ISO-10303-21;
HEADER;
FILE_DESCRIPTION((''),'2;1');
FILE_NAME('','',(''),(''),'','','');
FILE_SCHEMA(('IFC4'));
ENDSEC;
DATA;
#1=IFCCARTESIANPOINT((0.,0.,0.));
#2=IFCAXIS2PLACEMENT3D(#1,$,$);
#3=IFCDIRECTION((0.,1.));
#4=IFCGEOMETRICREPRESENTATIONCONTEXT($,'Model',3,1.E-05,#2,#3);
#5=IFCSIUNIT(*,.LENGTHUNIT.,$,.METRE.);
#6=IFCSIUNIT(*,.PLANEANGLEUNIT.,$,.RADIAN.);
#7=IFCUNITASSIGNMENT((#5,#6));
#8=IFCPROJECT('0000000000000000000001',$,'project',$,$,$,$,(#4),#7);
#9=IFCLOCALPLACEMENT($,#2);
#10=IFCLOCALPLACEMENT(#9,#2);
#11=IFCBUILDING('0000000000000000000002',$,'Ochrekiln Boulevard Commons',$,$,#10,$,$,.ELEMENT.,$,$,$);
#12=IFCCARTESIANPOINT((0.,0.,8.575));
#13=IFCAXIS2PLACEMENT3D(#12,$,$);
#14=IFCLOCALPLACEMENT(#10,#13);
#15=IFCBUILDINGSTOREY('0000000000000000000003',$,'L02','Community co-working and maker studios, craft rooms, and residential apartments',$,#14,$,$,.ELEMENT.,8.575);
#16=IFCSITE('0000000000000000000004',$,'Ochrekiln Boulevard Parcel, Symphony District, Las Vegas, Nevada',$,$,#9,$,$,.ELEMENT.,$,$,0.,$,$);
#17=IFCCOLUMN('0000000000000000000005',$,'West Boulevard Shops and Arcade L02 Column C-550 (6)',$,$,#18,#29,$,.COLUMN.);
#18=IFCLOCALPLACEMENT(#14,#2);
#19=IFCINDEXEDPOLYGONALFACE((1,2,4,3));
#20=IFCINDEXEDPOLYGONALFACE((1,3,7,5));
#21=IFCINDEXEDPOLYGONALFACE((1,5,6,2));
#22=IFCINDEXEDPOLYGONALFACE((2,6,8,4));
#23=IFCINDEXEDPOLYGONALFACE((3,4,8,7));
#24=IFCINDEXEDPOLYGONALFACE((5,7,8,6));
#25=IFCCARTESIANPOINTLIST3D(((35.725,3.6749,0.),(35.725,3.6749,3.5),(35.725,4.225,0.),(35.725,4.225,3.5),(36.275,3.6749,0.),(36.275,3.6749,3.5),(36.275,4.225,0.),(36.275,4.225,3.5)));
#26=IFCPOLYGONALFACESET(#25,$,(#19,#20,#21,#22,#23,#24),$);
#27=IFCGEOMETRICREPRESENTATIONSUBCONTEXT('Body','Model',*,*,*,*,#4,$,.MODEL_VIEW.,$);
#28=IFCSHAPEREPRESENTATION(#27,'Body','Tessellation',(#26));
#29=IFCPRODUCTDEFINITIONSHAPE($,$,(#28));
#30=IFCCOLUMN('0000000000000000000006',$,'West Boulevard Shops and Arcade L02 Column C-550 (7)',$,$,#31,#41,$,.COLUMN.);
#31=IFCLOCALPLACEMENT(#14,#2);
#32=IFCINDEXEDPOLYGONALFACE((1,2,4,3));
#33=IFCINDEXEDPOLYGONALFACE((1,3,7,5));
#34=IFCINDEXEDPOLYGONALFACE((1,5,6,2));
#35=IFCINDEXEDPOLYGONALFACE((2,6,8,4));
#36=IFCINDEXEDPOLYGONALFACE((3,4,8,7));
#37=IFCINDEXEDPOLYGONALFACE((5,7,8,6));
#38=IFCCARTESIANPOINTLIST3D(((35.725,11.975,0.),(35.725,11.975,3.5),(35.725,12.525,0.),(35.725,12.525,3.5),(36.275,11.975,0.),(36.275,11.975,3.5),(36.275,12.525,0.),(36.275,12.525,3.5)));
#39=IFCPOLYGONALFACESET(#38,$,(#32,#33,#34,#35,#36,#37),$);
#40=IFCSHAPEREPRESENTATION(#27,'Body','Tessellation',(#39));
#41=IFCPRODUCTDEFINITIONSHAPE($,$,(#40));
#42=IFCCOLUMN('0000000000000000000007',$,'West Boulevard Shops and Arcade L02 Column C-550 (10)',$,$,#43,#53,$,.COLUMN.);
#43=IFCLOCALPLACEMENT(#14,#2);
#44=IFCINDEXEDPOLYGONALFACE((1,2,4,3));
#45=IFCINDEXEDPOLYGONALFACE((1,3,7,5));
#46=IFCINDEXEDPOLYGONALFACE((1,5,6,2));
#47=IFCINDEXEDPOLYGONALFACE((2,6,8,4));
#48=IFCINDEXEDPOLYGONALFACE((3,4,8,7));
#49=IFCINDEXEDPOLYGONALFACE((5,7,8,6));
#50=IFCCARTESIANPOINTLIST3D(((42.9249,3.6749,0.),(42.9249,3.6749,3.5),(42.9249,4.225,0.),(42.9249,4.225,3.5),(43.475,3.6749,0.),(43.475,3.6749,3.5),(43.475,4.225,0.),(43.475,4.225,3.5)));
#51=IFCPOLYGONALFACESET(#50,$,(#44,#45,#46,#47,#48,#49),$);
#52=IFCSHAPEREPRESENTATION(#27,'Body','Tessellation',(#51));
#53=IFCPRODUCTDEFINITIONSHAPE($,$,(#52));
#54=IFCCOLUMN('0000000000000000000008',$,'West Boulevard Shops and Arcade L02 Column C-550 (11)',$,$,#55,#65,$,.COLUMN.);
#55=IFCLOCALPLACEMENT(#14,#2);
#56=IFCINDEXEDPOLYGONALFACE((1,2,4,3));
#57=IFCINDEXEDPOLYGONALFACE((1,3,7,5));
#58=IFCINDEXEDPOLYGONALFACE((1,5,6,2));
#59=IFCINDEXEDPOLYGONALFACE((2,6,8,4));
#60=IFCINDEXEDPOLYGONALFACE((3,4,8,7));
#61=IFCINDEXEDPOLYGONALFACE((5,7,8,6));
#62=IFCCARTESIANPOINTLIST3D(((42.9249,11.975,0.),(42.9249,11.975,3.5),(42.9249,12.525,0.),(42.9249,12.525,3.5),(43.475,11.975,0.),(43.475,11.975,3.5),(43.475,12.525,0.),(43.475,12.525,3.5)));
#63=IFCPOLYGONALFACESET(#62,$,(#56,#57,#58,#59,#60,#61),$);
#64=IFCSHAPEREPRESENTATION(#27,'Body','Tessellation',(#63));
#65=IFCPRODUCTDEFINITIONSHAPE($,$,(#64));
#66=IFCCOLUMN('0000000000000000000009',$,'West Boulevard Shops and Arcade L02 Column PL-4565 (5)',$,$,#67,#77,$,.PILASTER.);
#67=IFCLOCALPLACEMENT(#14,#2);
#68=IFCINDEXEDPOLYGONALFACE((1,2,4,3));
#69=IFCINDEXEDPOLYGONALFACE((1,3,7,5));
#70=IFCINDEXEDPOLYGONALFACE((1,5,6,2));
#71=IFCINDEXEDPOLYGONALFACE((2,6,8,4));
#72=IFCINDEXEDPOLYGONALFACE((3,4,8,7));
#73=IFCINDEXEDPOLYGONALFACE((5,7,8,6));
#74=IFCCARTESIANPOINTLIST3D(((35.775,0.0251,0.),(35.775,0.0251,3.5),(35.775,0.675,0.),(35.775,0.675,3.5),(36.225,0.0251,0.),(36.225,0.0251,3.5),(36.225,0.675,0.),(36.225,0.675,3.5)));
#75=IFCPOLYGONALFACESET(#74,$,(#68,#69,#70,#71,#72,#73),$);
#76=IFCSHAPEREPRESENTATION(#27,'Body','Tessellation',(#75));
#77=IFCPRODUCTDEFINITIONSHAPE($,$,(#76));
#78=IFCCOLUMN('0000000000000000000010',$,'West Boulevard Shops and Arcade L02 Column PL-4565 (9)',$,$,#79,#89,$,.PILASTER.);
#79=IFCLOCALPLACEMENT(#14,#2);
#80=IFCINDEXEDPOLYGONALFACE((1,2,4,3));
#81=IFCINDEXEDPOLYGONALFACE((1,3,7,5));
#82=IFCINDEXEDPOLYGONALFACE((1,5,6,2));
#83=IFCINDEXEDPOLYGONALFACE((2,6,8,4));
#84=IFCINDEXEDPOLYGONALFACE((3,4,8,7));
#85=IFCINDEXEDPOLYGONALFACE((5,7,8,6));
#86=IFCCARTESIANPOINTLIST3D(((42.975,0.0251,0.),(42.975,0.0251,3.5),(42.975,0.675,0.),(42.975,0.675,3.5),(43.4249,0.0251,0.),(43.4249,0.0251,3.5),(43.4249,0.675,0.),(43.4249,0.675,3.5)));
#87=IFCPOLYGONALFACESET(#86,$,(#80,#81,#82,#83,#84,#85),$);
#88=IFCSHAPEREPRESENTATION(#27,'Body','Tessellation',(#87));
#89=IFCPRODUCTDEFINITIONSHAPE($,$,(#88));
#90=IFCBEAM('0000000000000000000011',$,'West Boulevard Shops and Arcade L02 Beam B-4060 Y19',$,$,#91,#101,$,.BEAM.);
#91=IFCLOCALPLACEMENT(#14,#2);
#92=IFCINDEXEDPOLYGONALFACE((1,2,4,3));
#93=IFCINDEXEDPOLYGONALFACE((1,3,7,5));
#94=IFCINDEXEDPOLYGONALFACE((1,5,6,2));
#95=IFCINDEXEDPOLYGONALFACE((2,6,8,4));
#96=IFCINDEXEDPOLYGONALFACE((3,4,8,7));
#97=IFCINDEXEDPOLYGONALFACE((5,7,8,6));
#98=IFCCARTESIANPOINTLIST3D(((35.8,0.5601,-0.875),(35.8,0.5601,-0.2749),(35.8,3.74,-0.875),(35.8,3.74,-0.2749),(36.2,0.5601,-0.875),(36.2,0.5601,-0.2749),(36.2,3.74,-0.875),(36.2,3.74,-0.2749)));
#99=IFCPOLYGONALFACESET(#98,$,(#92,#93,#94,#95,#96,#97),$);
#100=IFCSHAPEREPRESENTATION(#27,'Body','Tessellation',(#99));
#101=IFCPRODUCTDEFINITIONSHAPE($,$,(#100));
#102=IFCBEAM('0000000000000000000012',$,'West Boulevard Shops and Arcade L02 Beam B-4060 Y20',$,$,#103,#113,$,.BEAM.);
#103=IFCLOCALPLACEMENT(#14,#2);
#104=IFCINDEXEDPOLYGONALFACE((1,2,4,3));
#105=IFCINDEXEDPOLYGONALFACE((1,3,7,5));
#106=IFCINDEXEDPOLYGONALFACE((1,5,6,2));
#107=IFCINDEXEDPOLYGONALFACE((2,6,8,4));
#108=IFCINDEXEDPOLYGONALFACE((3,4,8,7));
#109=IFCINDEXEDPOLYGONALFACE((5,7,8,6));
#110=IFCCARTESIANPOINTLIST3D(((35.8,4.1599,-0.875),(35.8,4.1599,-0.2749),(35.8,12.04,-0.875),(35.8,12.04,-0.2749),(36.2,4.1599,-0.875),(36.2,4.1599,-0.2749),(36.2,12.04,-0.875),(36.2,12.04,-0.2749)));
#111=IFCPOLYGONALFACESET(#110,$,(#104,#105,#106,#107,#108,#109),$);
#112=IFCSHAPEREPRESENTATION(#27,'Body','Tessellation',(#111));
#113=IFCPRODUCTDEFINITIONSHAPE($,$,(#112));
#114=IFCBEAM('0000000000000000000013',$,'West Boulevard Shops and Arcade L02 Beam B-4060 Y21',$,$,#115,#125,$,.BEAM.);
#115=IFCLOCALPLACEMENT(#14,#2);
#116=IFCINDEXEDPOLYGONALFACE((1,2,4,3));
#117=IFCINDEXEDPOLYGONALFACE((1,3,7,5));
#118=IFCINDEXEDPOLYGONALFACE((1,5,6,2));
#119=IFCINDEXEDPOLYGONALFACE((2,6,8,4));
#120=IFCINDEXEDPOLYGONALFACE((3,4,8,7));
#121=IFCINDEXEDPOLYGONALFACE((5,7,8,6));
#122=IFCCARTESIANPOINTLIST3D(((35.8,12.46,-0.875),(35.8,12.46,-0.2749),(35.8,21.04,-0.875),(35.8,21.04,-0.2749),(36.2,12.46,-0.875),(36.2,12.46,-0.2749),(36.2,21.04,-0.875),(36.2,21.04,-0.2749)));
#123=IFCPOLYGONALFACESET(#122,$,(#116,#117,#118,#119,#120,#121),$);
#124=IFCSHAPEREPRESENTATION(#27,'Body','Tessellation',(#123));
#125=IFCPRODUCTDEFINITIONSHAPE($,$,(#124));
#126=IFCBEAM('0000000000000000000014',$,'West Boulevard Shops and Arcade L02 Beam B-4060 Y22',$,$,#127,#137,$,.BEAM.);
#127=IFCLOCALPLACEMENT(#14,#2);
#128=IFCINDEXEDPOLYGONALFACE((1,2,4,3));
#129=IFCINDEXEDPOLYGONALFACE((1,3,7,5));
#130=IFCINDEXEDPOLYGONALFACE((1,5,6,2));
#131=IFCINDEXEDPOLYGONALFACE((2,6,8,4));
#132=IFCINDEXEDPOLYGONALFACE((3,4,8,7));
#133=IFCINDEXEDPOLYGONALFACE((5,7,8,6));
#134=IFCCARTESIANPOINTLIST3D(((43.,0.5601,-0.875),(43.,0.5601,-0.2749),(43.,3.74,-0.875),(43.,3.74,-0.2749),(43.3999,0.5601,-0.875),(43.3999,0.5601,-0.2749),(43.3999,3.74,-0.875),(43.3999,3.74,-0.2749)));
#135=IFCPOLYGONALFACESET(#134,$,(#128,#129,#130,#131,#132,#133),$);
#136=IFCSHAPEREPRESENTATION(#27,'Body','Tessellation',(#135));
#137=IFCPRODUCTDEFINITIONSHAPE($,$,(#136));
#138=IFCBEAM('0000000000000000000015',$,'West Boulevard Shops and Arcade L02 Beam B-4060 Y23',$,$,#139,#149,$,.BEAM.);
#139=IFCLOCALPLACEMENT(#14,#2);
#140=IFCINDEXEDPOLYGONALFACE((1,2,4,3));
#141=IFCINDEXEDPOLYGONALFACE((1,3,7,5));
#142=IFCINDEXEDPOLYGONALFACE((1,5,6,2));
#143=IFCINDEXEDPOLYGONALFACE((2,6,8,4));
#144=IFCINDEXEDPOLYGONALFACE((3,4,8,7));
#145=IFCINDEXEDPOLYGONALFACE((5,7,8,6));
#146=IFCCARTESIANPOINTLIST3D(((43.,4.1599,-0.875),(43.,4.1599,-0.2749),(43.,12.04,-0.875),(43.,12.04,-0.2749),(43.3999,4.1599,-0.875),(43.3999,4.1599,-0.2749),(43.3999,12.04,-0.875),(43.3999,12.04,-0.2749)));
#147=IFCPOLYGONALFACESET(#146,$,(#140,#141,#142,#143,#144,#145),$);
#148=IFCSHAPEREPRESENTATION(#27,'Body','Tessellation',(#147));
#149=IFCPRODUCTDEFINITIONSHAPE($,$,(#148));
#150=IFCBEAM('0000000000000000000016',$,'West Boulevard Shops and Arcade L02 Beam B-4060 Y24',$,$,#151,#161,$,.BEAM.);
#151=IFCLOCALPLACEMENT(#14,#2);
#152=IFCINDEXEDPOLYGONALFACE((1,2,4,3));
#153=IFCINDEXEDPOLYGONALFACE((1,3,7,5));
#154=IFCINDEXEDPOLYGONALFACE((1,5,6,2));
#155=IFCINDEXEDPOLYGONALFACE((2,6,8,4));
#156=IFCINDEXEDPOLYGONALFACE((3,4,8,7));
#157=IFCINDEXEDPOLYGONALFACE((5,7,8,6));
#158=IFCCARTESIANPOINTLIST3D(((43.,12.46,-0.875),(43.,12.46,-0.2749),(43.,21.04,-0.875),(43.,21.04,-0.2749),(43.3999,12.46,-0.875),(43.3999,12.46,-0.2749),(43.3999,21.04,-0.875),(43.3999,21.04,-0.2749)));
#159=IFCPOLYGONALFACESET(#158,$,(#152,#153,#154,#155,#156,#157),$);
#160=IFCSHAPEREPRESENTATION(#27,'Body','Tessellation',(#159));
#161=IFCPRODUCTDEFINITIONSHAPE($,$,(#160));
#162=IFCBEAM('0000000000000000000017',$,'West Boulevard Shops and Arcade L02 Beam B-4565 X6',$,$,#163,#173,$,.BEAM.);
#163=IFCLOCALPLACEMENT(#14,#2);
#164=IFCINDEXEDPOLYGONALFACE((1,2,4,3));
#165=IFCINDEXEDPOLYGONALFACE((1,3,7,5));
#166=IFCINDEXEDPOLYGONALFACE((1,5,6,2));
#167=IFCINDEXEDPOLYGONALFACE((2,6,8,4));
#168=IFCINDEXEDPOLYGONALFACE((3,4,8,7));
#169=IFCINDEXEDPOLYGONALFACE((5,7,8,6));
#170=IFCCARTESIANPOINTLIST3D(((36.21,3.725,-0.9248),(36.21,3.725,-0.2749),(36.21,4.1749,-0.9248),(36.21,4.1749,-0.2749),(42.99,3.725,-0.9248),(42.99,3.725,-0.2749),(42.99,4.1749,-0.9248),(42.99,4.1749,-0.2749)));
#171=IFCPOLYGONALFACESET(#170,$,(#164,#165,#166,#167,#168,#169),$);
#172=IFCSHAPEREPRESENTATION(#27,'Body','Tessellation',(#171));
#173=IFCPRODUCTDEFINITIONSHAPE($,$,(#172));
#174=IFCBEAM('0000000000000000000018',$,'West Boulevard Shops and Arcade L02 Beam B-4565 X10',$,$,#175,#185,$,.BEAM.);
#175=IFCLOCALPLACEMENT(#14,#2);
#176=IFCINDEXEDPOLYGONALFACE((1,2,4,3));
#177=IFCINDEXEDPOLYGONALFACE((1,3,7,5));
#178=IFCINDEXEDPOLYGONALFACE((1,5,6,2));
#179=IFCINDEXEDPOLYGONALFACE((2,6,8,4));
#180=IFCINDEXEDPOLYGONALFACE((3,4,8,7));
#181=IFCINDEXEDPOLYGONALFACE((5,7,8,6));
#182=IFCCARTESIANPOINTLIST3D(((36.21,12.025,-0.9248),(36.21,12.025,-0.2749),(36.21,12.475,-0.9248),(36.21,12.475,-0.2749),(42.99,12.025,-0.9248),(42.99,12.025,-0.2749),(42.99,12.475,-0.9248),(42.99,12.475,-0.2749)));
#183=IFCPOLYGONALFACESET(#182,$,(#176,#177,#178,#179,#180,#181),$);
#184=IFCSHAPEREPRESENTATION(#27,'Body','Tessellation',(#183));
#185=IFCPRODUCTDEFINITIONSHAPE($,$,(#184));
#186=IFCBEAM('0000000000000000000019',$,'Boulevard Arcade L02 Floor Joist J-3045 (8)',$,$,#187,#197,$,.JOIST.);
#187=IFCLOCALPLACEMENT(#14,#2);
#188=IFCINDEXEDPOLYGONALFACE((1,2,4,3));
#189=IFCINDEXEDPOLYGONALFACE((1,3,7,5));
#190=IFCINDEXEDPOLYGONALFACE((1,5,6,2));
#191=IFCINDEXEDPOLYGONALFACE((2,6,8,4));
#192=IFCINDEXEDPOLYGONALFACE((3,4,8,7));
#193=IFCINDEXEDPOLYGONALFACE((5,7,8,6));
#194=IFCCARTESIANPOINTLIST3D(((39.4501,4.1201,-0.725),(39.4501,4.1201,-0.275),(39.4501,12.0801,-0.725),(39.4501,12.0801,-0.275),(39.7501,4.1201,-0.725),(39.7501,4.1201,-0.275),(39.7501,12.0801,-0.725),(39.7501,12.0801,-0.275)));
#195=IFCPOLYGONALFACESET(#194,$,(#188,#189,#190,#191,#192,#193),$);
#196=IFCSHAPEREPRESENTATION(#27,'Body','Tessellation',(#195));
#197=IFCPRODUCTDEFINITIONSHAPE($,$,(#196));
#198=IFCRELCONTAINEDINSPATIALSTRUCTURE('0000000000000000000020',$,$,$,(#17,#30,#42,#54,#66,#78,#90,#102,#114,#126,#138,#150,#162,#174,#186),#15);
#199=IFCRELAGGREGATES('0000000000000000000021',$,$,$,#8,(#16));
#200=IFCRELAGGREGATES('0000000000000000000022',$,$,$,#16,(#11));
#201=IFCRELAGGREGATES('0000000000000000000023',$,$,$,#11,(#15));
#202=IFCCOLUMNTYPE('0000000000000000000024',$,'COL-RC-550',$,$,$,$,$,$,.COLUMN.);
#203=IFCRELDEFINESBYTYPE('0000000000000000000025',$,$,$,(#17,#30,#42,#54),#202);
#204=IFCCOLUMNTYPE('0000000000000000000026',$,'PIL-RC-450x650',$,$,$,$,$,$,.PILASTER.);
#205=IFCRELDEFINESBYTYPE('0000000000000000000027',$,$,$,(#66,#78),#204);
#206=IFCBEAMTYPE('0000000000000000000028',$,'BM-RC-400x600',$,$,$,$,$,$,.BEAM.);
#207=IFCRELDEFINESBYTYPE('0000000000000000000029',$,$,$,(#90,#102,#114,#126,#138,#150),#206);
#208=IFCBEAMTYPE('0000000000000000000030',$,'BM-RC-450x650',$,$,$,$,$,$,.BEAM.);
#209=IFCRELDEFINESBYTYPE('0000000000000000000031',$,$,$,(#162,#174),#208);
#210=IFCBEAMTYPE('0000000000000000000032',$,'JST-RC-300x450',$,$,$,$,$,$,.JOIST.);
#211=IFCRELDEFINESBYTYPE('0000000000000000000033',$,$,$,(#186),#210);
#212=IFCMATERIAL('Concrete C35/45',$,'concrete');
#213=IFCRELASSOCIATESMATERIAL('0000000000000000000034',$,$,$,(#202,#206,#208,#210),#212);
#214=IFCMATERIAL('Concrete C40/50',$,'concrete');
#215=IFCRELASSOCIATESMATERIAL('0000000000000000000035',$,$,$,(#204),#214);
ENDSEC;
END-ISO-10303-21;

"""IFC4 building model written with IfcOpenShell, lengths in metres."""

from ifc_helpers import new_model, si_unit, direction, frame, origin, origin_2d, place, context, subcontext, project, spatial, rectangle, extrude, material, material_profile, profile_set, type_object, element, save


model = new_model("IFC4")

# Units and contexts
model_context = context("Model", 3, precision=1e-05, world=origin(), true_north=direction((0.0, 1.0)))
body_context = subcontext(model_context, "Body", "Model", "MODEL_VIEW")
ifc_project = project(units=[si_unit("LENGTHUNIT", "METRE"), si_unit("PLANEANGLEUNIT", "RADIAN")], contexts=[model_context])

# Site, building, storey
site_placement = place(None, origin())
site = spatial("IfcSite", under=ifc_project, at=site_placement, Name="Ochrekiln Boulevard Parcel, Symphony District, Las Vegas, Nevada", CompositionType="ELEMENT", RefElevation=0.0)
building_placement = place(site_placement, origin())
building = spatial("IfcBuilding", under=site, at=building_placement, Name="Ochrekiln Boulevard Commons", CompositionType="ELEMENT")
storey_placement = place(building_placement, frame((0.0, 0.0, 8.575)))
storey = spatial("IfcBuildingStorey", under=building, at=storey_placement, Name="L02", Description="Community co-working and maker studios, craft rooms, and residential apartments", CompositionType="ELEMENT", Elevation=8.575)

# Columns
ifc_material_1 = material(Name="Concrete C35/45", Category="concrete")
ifc_material_profile_1 = material_profile(ifc_material_1, rectangle(XDim=0.55, YDim=0.55, at=origin_2d()), Name="RC-COL-550x550")
ifc_profile_set_1 = profile_set([ifc_material_profile_1], Name="Concrete C35/45")
column_type_1 = type_object("IfcColumnType", Name="COL-RC-550", PredefinedType="COLUMN", material=ifc_profile_set_1)
for number, where, z_axis, x_axis, name in (
    (1, (36.0, 3.95, 0.0), (0.0, 0.0, 1.0), (1.0, 0.0, 0.0), "West Boulevard Shops and Arcade L02 Column C-550 (6)"),
    (2, (36.0, 12.25, 0.0), (0.0, 0.0, 1.0), (1.0, 0.0, 0.0), "West Boulevard Shops and Arcade L02 Column C-550 (7)"),
    (3, (43.2, 3.95, 0.0), (0.0, 0.0, 1.0), (1.0, 0.0, 0.0), "West Boulevard Shops and Arcade L02 Column C-550 (10)"),
    (4, (43.2, 12.25, 0.0), (0.0, 0.0, 1.0), (1.0, 0.0, 0.0), "West Boulevard Shops and Arcade L02 Column C-550 (11)"),
):
    element("IfcColumn", number, at=place(storey_placement, frame(where, z_axis=z_axis, x_axis=x_axis)), inside=storey, type_object=column_type_1, Name=name, PredefinedType="COLUMN", context=body_context, shape_type="SweptSolid", body=[
        extrude(rectangle(XDim=0.55, YDim=0.55, at=origin_2d()), origin(), (0.0, 0.0, 1.0), 3.5),
    ])
ifc_material_2 = material(Name="Concrete C40/50", Category="concrete")
ifc_material_profile_2 = material_profile(ifc_material_2, rectangle(XDim=0.45, YDim=0.6499, at=origin_2d()), Name="RC-PIL-450x650")
ifc_profile_set_2 = profile_set([ifc_material_profile_2], Name="Concrete C40/50")
column_type_2 = type_object("IfcColumnType", Name="PIL-RC-450x650", PredefinedType="PILASTER", material=ifc_profile_set_2)
for number, where, z_axis, x_axis, name in (
    (5, (36.0, 0.3501, 0.0), (0.0, 0.0, 1.0), (1.0, 0.0, 0.0), "West Boulevard Shops and Arcade L02 Column PL-4565 (5)"),
    (6, (43.2, 0.3501, 0.0), (0.0, 0.0, 1.0), (1.0, 0.0, 0.0), "West Boulevard Shops and Arcade L02 Column PL-4565 (9)"),
):
    element("IfcColumn", number, at=place(storey_placement, frame(where, z_axis=z_axis, x_axis=x_axis)), inside=storey, type_object=column_type_2, Name=name, PredefinedType="PILASTER", context=body_context, shape_type="SweptSolid", body=[
        extrude(rectangle(XDim=0.45, YDim=0.6499, at=origin_2d()), origin(), (0.0, 0.0, 1.0), 3.5),
    ])

# Beams
ifc_material_profile_3 = material_profile(ifc_material_1, rectangle(XDim=0.3999, YDim=0.6001, at=origin_2d()), Name="RC-BM-400x600")
ifc_profile_set_3 = profile_set([ifc_material_profile_3], Name="Concrete C35/45")
beam_type_1 = type_object("IfcBeamType", Name="BM-RC-400x600", PredefinedType="BEAM", material=ifc_profile_set_3)
beam_1_placement = place(storey_placement, frame((36.0, 0.5601, -0.575), z_axis=(0.0, 1.0, 0.0), x_axis=(-1.0, 0.0, 0.0)))
element("IfcBeam", 7, at=beam_1_placement, inside=storey, type_object=beam_type_1, Name="West Boulevard Shops and Arcade L02 Beam B-4060 Y19", PredefinedType="BEAM", context=body_context, shape_type="SweptSolid", body=[
    extrude(rectangle(XDim=0.3999, YDim=0.6001, at=origin_2d()), origin(), (0.0, 0.0, 1.0), 3.1799),
])
beam_2_placement = place(storey_placement, frame((36.0, 4.1599, -0.575), z_axis=(0.0, 1.0, 0.0), x_axis=(-1.0, 0.0, 0.0)))
element("IfcBeam", 8, at=beam_2_placement, inside=storey, type_object=beam_type_1, Name="West Boulevard Shops and Arcade L02 Beam B-4060 Y20", PredefinedType="BEAM", context=body_context, shape_type="SweptSolid", body=[
    extrude(rectangle(XDim=0.3999, YDim=0.6001, at=origin_2d()), origin(), (0.0, 0.0, 1.0), 7.8801),
])
beam_3_placement = place(storey_placement, frame((36.0, 12.46, -0.575), z_axis=(0.0, 1.0, 0.0), x_axis=(-1.0, 0.0, 0.0)))
element("IfcBeam", 9, at=beam_3_placement, inside=storey, type_object=beam_type_1, Name="West Boulevard Shops and Arcade L02 Beam B-4060 Y21", PredefinedType="BEAM", context=body_context, shape_type="SweptSolid", body=[
    extrude(rectangle(XDim=0.3999, YDim=0.6001, at=origin_2d()), origin(), (0.0, 0.0, 1.0), 8.5801),
])
beam_4_placement = place(storey_placement, frame((43.2, 0.5601, -0.575), z_axis=(0.0, 1.0, 0.0), x_axis=(-1.0, 0.0, 0.0)))
element("IfcBeam", 10, at=beam_4_placement, inside=storey, type_object=beam_type_1, Name="West Boulevard Shops and Arcade L02 Beam B-4060 Y22", PredefinedType="BEAM", context=body_context, shape_type="SweptSolid", body=[
    extrude(rectangle(XDim=0.3999, YDim=0.6001, at=origin_2d()), origin(), (0.0, 0.0, 1.0), 3.1799),
])
beam_5_placement = place(storey_placement, frame((43.2, 4.1599, -0.575), z_axis=(0.0, 1.0, 0.0), x_axis=(-1.0, 0.0, 0.0)))
element("IfcBeam", 11, at=beam_5_placement, inside=storey, type_object=beam_type_1, Name="West Boulevard Shops and Arcade L02 Beam B-4060 Y23", PredefinedType="BEAM", context=body_context, shape_type="SweptSolid", body=[
    extrude(rectangle(XDim=0.3999, YDim=0.6001, at=origin_2d()), origin(), (0.0, 0.0, 1.0), 7.8801),
])
beam_6_placement = place(storey_placement, frame((43.2, 12.46, -0.575), z_axis=(0.0, 1.0, 0.0), x_axis=(-1.0, 0.0, 0.0)))
element("IfcBeam", 12, at=beam_6_placement, inside=storey, type_object=beam_type_1, Name="West Boulevard Shops and Arcade L02 Beam B-4060 Y24", PredefinedType="BEAM", context=body_context, shape_type="SweptSolid", body=[
    extrude(rectangle(XDim=0.3999, YDim=0.6001, at=origin_2d()), origin(), (0.0, 0.0, 1.0), 8.5801),
])
ifc_material_profile_4 = material_profile(ifc_material_1, rectangle(XDim=0.45, YDim=0.6499, at=origin_2d()), Name="RC-BM-450x650")
ifc_profile_set_4 = profile_set([ifc_material_profile_4], Name="Concrete C35/45")
beam_type_2 = type_object("IfcBeamType", Name="BM-RC-450x650", PredefinedType="BEAM", material=ifc_profile_set_4)
for number, where, z_axis, x_axis, name in (
    (13, (36.21, 3.95, -0.5999), (1.0, 0.0, 0.0), (0.0, 1.0, 0.0), "West Boulevard Shops and Arcade L02 Beam B-4565 X6"),
    (14, (36.21, 12.25, -0.5999), (1.0, 0.0, 0.0), (0.0, 1.0, 0.0), "West Boulevard Shops and Arcade L02 Beam B-4565 X10"),
):
    element("IfcBeam", number, at=place(storey_placement, frame(where, z_axis=z_axis, x_axis=x_axis)), inside=storey, type_object=beam_type_2, Name=name, PredefinedType="BEAM", context=body_context, shape_type="SweptSolid", body=[
        extrude(rectangle(XDim=0.45, YDim=0.6499, at=origin_2d()), origin(), (0.0, 0.0, 1.0), 6.78),
    ])
ifc_material_profile_5 = material_profile(ifc_material_1, rectangle(XDim=0.3, YDim=0.45, at=origin_2d()), Name="RC-JST-300x450")
ifc_profile_set_5 = profile_set([ifc_material_profile_5], Name="Concrete C35/45")
beam_type_3 = type_object("IfcBeamType", Name="JST-RC-300x450", PredefinedType="JOIST", material=ifc_profile_set_5)
beam_7_placement = place(storey_placement, frame((39.6001, 4.1201, -0.5), z_axis=(0.0, 1.0, 0.0), x_axis=(-1.0, 0.0, 0.0)))
element("IfcBeam", 15, at=beam_7_placement, inside=storey, type_object=beam_type_3, Name="Boulevard Arcade L02 Floor Joist J-3045 (8)", PredefinedType="JOIST", context=body_context, shape_type="SweptSolid", body=[
    extrude(rectangle(XDim=0.3, YDim=0.45, at=origin_2d()), origin(), (0.0, 0.0, 1.0), 7.96),
])

save(model, "model.ifc")
